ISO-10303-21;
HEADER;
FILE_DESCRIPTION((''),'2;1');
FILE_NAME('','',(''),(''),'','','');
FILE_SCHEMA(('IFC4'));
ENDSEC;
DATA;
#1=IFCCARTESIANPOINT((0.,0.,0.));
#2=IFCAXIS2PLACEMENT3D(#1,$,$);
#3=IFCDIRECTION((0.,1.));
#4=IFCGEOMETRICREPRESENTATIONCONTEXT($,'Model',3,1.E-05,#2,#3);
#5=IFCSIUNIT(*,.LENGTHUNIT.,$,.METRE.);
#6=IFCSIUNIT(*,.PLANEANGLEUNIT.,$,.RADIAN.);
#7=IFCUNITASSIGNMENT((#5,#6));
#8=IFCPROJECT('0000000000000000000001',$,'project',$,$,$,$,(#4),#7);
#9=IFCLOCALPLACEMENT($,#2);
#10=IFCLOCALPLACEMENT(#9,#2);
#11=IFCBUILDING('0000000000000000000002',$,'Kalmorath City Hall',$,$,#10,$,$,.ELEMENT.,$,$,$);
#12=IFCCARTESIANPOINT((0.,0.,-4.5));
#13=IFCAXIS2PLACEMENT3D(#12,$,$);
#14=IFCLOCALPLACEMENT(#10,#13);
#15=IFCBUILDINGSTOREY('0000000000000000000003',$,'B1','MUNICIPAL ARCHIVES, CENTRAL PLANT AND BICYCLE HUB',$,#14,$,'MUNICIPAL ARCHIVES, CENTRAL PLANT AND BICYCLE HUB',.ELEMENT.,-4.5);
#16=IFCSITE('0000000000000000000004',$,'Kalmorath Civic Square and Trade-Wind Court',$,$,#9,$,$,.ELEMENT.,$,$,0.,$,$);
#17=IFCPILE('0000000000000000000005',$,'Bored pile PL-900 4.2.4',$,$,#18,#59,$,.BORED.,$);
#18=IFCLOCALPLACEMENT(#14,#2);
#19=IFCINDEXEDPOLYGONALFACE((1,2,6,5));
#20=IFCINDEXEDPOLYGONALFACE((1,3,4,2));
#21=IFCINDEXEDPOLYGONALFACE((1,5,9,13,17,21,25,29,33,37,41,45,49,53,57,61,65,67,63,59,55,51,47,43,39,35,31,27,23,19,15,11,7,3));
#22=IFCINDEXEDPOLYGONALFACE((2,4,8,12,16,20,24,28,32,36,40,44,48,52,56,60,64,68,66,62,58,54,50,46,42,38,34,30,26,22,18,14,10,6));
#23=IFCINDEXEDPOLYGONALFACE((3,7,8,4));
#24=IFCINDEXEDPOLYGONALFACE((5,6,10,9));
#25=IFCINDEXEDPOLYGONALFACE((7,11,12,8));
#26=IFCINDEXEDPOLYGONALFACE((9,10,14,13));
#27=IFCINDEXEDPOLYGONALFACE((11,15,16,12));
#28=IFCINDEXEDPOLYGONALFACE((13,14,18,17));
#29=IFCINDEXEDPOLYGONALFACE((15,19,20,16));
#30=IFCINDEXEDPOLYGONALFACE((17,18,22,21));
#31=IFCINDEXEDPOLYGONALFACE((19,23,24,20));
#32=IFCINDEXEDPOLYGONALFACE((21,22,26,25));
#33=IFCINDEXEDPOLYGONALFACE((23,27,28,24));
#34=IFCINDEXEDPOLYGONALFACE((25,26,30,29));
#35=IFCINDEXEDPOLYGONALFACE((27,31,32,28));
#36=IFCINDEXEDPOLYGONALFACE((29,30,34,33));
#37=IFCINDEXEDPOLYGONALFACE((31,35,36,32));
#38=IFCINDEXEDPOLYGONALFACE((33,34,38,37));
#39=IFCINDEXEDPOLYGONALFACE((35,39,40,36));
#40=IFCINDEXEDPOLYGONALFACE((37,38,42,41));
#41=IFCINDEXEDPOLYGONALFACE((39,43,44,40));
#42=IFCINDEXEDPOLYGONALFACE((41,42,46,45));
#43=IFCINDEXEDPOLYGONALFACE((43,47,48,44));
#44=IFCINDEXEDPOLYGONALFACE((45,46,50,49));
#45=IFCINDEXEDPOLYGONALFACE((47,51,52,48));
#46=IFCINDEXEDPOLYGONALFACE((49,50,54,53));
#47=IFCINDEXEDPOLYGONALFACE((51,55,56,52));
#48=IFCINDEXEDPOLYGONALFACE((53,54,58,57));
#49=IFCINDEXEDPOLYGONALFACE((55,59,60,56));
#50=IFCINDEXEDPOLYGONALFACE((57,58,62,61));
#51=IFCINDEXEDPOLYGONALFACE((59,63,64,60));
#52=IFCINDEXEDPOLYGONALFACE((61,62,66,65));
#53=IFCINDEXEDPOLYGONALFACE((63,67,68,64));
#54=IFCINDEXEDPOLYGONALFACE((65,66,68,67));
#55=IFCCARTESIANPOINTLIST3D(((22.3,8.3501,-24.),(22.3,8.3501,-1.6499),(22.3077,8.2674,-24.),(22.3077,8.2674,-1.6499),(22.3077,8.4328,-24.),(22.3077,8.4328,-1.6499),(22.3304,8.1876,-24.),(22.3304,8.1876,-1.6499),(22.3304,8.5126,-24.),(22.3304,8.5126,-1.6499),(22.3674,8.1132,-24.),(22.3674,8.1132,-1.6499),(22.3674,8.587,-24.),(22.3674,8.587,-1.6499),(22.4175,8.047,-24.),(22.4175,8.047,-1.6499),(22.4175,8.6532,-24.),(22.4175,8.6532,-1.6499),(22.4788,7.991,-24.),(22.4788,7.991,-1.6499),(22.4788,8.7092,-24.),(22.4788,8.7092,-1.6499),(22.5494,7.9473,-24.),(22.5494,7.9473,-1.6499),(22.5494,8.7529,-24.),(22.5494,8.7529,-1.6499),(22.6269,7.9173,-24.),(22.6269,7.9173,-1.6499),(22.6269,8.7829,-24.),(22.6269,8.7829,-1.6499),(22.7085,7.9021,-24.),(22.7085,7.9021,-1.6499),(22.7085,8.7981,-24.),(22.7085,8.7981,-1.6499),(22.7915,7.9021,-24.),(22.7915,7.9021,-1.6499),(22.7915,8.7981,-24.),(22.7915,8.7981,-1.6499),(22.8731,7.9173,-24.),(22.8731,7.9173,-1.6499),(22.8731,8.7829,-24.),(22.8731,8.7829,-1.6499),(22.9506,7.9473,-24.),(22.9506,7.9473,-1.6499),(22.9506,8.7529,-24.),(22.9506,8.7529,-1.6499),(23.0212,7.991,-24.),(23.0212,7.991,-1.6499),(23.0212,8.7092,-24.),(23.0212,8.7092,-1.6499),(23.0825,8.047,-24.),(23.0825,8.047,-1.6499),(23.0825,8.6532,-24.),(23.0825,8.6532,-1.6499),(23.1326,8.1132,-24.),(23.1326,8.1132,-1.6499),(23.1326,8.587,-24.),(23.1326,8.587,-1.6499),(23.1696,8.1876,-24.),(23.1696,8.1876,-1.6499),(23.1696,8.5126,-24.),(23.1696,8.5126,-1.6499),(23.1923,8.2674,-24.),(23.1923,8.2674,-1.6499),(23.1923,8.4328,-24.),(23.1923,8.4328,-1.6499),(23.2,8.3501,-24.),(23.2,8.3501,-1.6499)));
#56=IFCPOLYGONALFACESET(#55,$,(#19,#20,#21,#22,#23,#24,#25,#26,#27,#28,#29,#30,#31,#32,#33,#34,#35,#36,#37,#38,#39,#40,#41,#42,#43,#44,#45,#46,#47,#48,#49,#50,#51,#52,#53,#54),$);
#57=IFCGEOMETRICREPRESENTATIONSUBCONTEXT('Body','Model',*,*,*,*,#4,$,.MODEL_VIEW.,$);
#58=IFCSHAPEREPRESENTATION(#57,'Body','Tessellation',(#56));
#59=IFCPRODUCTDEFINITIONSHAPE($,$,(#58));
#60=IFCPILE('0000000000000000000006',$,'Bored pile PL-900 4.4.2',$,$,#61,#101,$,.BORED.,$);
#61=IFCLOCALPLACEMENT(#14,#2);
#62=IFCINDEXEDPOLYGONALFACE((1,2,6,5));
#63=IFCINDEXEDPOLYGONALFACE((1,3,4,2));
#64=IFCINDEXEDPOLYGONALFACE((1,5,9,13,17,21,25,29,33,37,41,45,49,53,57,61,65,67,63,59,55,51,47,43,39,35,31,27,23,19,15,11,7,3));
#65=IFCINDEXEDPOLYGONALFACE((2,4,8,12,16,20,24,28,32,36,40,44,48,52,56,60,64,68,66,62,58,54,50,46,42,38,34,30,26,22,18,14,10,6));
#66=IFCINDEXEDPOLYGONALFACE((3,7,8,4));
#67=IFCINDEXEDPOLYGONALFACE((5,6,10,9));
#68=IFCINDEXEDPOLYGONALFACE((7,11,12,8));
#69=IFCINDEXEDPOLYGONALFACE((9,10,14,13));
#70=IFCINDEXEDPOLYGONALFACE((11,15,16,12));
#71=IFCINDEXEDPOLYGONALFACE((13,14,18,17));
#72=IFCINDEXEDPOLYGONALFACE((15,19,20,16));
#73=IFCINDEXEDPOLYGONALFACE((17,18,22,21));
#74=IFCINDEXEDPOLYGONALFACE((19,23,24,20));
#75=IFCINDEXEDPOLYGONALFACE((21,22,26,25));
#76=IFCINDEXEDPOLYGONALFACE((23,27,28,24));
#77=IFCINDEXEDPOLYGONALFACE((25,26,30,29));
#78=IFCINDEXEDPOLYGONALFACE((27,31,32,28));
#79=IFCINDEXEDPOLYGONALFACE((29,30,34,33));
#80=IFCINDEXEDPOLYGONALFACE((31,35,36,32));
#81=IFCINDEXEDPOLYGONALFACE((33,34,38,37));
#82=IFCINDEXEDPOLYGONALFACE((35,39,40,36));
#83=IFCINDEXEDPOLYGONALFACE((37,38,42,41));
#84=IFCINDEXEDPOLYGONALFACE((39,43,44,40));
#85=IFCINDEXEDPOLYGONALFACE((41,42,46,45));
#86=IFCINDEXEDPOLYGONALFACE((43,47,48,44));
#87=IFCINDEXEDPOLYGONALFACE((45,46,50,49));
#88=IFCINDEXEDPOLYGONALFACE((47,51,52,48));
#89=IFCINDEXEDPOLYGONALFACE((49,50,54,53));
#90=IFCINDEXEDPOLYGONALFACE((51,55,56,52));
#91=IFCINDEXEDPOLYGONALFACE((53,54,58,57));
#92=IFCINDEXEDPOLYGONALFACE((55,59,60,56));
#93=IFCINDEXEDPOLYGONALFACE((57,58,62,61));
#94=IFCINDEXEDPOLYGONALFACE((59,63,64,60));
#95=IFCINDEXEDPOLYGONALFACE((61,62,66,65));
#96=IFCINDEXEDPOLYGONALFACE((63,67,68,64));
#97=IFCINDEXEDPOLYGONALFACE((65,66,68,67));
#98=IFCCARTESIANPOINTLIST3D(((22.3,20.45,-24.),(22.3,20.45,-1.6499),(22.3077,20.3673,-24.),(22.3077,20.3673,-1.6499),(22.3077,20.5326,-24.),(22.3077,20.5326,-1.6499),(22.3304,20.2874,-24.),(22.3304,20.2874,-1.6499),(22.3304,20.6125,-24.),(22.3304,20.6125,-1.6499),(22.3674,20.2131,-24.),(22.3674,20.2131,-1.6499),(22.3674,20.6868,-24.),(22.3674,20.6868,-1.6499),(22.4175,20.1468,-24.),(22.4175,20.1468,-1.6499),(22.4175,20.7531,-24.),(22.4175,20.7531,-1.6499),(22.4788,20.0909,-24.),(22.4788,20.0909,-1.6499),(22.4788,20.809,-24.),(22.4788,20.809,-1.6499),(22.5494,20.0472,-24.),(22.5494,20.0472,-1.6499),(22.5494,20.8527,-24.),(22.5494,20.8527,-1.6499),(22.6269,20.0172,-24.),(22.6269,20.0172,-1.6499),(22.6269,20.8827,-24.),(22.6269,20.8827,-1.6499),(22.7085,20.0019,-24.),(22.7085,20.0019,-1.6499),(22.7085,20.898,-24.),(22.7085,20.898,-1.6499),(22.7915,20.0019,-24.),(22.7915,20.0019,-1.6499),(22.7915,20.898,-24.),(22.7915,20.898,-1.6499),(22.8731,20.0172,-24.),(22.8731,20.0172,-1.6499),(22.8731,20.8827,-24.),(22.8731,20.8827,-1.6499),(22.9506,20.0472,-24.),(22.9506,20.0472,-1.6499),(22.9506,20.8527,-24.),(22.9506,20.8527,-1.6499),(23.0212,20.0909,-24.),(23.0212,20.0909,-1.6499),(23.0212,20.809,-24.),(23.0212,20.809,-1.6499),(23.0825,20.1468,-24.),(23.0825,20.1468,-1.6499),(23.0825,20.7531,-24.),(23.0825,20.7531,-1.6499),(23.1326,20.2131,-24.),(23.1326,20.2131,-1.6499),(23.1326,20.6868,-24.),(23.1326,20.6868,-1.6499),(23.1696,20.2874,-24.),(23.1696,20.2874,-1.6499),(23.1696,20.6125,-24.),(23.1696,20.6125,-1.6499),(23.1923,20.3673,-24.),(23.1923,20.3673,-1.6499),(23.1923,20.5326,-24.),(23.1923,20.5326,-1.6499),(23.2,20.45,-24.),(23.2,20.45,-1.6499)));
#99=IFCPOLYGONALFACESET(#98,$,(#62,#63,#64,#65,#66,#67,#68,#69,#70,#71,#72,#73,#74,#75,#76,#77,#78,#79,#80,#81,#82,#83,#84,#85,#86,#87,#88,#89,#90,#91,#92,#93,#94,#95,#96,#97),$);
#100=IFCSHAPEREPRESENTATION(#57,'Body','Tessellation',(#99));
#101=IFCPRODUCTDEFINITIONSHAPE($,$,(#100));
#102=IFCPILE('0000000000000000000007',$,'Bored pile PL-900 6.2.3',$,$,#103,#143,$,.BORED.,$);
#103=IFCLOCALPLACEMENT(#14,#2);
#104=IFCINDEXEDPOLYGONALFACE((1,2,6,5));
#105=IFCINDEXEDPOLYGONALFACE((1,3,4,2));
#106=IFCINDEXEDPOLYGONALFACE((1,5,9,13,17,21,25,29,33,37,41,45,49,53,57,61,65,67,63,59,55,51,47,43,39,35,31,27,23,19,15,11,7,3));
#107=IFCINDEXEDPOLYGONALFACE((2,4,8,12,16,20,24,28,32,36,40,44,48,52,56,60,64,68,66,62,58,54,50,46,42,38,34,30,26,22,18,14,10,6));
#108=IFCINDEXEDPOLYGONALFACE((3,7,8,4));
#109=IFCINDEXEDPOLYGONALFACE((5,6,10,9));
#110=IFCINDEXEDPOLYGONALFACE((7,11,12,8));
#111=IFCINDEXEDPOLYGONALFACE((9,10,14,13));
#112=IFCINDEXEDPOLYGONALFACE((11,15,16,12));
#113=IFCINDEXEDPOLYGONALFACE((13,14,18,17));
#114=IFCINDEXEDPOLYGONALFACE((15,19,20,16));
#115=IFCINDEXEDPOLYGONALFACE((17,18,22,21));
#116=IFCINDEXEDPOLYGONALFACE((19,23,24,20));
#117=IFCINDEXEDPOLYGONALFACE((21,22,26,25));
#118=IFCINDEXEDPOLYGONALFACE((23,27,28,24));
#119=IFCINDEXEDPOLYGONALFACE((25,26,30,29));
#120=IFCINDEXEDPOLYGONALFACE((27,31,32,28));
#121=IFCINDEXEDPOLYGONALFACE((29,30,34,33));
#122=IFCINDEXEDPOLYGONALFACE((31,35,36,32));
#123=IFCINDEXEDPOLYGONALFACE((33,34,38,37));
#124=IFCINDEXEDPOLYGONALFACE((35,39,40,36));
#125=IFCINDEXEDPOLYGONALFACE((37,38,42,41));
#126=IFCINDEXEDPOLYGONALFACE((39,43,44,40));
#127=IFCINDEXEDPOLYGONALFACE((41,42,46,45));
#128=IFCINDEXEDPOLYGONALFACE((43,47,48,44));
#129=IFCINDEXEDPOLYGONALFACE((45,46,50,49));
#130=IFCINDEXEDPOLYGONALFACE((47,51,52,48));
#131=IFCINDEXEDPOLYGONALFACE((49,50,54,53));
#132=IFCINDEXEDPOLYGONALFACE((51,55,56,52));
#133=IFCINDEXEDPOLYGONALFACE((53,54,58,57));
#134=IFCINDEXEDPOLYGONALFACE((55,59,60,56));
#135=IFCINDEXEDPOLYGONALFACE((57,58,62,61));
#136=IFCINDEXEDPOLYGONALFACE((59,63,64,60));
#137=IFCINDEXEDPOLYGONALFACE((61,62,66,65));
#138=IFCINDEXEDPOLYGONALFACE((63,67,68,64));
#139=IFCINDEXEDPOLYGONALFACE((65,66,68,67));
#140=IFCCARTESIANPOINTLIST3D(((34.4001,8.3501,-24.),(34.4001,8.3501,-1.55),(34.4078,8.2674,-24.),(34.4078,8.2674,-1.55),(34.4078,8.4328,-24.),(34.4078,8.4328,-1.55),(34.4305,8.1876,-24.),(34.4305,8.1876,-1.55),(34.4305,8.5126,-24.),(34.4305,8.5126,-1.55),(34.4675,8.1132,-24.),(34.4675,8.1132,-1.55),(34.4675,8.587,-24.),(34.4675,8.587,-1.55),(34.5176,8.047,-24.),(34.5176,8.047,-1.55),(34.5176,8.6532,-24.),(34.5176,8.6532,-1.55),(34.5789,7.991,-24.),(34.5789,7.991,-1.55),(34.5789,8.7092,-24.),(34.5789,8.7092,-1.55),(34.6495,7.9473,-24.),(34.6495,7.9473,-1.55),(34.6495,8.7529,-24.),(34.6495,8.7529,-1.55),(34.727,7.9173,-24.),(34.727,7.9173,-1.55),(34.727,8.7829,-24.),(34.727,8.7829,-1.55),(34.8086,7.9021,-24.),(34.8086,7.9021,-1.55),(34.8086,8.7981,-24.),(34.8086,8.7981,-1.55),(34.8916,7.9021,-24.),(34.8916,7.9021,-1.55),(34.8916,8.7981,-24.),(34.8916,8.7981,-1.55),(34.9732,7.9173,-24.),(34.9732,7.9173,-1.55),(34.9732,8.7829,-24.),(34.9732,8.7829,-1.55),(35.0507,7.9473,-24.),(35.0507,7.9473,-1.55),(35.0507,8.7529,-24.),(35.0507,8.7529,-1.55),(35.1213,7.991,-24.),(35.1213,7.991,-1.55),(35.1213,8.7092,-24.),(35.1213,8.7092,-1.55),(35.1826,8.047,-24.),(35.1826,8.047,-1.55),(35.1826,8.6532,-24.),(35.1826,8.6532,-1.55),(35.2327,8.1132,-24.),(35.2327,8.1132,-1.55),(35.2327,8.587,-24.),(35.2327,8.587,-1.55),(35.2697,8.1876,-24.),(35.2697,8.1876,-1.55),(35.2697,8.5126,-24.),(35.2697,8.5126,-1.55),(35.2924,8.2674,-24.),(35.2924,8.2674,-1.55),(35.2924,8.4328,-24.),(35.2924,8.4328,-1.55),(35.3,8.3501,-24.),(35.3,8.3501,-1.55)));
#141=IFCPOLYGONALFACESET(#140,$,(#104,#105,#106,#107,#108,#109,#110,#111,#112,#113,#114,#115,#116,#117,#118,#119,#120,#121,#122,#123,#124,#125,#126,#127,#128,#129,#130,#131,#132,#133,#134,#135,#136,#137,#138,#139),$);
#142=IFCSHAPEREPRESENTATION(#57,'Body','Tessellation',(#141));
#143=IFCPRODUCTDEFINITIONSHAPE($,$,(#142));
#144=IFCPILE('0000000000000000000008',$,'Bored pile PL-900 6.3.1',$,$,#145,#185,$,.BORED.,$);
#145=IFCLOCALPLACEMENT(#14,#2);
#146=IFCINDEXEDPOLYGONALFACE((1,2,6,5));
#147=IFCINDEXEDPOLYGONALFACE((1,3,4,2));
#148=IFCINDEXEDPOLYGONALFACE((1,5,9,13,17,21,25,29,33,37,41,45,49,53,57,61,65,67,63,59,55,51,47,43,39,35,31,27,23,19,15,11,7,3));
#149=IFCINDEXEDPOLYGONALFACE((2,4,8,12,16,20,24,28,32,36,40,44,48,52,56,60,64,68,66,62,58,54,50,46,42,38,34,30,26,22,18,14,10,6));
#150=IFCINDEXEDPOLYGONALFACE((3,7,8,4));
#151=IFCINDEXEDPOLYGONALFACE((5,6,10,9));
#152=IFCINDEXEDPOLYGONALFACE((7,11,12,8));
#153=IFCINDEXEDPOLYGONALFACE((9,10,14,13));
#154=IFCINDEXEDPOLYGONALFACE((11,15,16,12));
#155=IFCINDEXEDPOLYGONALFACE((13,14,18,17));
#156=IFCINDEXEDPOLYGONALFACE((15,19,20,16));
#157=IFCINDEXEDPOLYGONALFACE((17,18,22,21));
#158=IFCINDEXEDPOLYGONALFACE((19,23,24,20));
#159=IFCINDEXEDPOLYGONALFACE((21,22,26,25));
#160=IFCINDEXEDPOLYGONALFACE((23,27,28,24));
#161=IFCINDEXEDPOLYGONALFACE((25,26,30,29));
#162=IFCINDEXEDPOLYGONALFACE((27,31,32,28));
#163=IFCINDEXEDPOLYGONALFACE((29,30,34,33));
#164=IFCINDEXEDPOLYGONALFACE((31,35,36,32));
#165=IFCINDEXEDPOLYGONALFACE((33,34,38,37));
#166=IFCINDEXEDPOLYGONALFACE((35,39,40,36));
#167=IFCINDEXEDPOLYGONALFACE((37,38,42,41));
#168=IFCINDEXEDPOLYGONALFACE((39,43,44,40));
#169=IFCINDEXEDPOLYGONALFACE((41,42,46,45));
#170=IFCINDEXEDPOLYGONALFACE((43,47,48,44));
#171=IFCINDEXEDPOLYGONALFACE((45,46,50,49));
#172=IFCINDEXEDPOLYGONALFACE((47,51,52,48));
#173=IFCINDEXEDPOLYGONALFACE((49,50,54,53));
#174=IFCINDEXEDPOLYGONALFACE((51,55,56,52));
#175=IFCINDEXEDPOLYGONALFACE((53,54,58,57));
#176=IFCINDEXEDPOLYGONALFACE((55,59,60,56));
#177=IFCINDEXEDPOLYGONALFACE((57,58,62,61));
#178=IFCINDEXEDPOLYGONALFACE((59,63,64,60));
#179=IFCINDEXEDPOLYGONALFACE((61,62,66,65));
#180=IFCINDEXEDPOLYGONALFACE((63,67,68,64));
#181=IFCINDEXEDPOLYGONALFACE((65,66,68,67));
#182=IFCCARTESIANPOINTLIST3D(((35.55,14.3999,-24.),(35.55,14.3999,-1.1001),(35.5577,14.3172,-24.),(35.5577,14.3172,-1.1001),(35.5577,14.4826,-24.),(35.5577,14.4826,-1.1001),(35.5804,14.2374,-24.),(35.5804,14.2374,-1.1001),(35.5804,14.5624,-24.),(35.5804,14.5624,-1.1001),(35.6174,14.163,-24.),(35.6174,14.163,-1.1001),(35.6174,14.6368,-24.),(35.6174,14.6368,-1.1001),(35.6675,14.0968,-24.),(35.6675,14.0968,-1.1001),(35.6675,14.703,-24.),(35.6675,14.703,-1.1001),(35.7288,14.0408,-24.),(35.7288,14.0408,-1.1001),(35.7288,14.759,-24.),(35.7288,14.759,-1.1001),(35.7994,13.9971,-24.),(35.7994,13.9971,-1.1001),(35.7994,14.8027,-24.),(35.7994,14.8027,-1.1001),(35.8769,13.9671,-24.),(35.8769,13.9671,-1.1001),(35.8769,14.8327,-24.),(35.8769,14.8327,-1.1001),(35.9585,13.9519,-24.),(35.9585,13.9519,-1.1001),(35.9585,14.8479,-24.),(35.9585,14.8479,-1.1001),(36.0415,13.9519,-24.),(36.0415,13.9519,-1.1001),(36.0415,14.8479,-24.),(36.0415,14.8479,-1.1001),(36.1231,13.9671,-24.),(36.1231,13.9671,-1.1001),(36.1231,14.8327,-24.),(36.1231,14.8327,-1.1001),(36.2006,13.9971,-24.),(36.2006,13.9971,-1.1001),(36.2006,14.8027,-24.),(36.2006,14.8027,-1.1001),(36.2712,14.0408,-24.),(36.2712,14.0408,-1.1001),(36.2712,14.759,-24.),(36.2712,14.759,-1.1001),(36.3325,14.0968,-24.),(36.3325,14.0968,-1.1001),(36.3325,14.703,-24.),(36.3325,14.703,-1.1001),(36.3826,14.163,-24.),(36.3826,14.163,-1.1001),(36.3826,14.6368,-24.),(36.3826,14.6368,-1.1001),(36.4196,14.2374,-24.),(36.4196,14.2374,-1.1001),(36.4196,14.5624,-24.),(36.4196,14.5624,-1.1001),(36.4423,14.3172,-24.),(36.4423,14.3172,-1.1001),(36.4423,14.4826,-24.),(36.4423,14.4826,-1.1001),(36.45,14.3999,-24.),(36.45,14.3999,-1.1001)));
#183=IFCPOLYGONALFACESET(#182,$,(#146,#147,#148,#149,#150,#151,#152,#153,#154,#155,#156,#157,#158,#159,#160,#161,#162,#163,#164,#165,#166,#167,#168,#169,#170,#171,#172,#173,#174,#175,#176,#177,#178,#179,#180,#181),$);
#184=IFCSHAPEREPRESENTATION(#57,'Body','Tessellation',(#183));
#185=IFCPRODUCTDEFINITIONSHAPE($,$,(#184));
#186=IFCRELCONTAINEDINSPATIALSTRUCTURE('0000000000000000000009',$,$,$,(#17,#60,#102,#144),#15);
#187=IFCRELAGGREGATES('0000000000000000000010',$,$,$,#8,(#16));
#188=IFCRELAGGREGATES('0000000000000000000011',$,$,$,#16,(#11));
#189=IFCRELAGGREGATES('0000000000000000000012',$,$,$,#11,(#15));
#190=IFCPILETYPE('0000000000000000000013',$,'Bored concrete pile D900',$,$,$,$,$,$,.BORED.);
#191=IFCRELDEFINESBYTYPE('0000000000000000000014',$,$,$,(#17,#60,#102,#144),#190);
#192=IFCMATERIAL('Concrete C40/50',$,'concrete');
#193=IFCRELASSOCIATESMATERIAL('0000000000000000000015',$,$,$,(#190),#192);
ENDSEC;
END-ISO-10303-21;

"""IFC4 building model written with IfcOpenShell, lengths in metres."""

from ifc_helpers import new_model, si_unit, direction, frame, origin, origin_2d, place, context, subcontext, project, spatial, circle, extrude, material, material_profile, profile_set, type_object, element, save


model = new_model("IFC4")

# Units and contexts
model_context = context("Model", 3, precision=1e-05, world=origin(), true_north=direction((0.0, 1.0)))
body_context = subcontext(model_context, "Body", "Model", "MODEL_VIEW")
ifc_project = project(units=[si_unit("LENGTHUNIT", "METRE"), si_unit("PLANEANGLEUNIT", "RADIAN")], contexts=[model_context])

# Site, building, storey
site_placement = place(None, origin())
site = spatial("IfcSite", under=ifc_project, at=site_placement, Name="Kalmorath Civic Square and Trade-Wind Court", CompositionType="ELEMENT", RefElevation=0.0)
building_placement = place(site_placement, origin())
building = spatial("IfcBuilding", under=site, at=building_placement, Name="Kalmorath City Hall", CompositionType="ELEMENT")
storey_placement = place(building_placement, frame((0.0, 0.0, -4.5)))
storey = spatial("IfcBuildingStorey", under=building, at=storey_placement, Name="B1", Description="MUNICIPAL ARCHIVES, CENTRAL PLANT AND BICYCLE HUB", LongName="MUNICIPAL ARCHIVES, CENTRAL PLANT AND BICYCLE HUB", CompositionType="ELEMENT", Elevation=-4.5)

# Piles
ifc_material_1 = material(Name="Concrete C40/50", Category="concrete")
ifc_material_profile_1 = material_profile(ifc_material_1, circle(Radius=0.45, at=origin_2d()), Name="PILE-D900")
ifc_profile_set_1 = profile_set([ifc_material_profile_1], Name="Concrete C40/50")
pile_type_1 = type_object("IfcPileType", Name="Bored concrete pile D900", PredefinedType="BORED", material=ifc_profile_set_1)
for number, where, z_axis, x_axis, name in (
    (1, (22.75, 8.3501, -1.6499), (0.0, 0.0, -1.0), (1.0, 0.0, 0.0), "Bored pile PL-900 4.2.4"),
    (2, (22.75, 20.45, -1.6499), (0.0, 0.0, -1.0), (1.0, 0.0, 0.0), "Bored pile PL-900 4.4.2"),
):
    element("IfcPile", number, at=place(storey_placement, frame(where, z_axis=z_axis, x_axis=x_axis)), inside=storey, type_object=pile_type_1, Name=name, PredefinedType="BORED", context=body_context, shape_type="SweptSolid", body=[
        extrude(circle(Radius=0.45, at=origin_2d()), origin(), (0.0, 0.0, 1.0), 22.3501),
    ])
pile_1_placement = place(storey_placement, frame((34.8501, 8.3501, -1.55), z_axis=(0.0, 0.0, -1.0), x_axis=(1.0, 0.0, 0.0)))
element("IfcPile", 3, at=pile_1_placement, inside=storey, type_object=pile_type_1, Name="Bored pile PL-900 6.2.3", PredefinedType="BORED", context=body_context, shape_type="SweptSolid", body=[
    extrude(circle(Radius=0.45, at=origin_2d()), origin(), (0.0, 0.0, 1.0), 22.45),
])
pile_2_placement = place(storey_placement, frame((36.0, 14.3999, -1.1001), z_axis=(0.0, 0.0, -1.0), x_axis=(1.0, 0.0, 0.0)))
element("IfcPile", 4, at=pile_2_placement, inside=storey, type_object=pile_type_1, Name="Bored pile PL-900 6.3.1", PredefinedType="BORED", context=body_context, shape_type="SweptSolid", body=[
    extrude(circle(Radius=0.45, at=origin_2d()), origin(), (0.0, 0.0, 1.0), 22.8999),
])

save(model, "model.ifc")
